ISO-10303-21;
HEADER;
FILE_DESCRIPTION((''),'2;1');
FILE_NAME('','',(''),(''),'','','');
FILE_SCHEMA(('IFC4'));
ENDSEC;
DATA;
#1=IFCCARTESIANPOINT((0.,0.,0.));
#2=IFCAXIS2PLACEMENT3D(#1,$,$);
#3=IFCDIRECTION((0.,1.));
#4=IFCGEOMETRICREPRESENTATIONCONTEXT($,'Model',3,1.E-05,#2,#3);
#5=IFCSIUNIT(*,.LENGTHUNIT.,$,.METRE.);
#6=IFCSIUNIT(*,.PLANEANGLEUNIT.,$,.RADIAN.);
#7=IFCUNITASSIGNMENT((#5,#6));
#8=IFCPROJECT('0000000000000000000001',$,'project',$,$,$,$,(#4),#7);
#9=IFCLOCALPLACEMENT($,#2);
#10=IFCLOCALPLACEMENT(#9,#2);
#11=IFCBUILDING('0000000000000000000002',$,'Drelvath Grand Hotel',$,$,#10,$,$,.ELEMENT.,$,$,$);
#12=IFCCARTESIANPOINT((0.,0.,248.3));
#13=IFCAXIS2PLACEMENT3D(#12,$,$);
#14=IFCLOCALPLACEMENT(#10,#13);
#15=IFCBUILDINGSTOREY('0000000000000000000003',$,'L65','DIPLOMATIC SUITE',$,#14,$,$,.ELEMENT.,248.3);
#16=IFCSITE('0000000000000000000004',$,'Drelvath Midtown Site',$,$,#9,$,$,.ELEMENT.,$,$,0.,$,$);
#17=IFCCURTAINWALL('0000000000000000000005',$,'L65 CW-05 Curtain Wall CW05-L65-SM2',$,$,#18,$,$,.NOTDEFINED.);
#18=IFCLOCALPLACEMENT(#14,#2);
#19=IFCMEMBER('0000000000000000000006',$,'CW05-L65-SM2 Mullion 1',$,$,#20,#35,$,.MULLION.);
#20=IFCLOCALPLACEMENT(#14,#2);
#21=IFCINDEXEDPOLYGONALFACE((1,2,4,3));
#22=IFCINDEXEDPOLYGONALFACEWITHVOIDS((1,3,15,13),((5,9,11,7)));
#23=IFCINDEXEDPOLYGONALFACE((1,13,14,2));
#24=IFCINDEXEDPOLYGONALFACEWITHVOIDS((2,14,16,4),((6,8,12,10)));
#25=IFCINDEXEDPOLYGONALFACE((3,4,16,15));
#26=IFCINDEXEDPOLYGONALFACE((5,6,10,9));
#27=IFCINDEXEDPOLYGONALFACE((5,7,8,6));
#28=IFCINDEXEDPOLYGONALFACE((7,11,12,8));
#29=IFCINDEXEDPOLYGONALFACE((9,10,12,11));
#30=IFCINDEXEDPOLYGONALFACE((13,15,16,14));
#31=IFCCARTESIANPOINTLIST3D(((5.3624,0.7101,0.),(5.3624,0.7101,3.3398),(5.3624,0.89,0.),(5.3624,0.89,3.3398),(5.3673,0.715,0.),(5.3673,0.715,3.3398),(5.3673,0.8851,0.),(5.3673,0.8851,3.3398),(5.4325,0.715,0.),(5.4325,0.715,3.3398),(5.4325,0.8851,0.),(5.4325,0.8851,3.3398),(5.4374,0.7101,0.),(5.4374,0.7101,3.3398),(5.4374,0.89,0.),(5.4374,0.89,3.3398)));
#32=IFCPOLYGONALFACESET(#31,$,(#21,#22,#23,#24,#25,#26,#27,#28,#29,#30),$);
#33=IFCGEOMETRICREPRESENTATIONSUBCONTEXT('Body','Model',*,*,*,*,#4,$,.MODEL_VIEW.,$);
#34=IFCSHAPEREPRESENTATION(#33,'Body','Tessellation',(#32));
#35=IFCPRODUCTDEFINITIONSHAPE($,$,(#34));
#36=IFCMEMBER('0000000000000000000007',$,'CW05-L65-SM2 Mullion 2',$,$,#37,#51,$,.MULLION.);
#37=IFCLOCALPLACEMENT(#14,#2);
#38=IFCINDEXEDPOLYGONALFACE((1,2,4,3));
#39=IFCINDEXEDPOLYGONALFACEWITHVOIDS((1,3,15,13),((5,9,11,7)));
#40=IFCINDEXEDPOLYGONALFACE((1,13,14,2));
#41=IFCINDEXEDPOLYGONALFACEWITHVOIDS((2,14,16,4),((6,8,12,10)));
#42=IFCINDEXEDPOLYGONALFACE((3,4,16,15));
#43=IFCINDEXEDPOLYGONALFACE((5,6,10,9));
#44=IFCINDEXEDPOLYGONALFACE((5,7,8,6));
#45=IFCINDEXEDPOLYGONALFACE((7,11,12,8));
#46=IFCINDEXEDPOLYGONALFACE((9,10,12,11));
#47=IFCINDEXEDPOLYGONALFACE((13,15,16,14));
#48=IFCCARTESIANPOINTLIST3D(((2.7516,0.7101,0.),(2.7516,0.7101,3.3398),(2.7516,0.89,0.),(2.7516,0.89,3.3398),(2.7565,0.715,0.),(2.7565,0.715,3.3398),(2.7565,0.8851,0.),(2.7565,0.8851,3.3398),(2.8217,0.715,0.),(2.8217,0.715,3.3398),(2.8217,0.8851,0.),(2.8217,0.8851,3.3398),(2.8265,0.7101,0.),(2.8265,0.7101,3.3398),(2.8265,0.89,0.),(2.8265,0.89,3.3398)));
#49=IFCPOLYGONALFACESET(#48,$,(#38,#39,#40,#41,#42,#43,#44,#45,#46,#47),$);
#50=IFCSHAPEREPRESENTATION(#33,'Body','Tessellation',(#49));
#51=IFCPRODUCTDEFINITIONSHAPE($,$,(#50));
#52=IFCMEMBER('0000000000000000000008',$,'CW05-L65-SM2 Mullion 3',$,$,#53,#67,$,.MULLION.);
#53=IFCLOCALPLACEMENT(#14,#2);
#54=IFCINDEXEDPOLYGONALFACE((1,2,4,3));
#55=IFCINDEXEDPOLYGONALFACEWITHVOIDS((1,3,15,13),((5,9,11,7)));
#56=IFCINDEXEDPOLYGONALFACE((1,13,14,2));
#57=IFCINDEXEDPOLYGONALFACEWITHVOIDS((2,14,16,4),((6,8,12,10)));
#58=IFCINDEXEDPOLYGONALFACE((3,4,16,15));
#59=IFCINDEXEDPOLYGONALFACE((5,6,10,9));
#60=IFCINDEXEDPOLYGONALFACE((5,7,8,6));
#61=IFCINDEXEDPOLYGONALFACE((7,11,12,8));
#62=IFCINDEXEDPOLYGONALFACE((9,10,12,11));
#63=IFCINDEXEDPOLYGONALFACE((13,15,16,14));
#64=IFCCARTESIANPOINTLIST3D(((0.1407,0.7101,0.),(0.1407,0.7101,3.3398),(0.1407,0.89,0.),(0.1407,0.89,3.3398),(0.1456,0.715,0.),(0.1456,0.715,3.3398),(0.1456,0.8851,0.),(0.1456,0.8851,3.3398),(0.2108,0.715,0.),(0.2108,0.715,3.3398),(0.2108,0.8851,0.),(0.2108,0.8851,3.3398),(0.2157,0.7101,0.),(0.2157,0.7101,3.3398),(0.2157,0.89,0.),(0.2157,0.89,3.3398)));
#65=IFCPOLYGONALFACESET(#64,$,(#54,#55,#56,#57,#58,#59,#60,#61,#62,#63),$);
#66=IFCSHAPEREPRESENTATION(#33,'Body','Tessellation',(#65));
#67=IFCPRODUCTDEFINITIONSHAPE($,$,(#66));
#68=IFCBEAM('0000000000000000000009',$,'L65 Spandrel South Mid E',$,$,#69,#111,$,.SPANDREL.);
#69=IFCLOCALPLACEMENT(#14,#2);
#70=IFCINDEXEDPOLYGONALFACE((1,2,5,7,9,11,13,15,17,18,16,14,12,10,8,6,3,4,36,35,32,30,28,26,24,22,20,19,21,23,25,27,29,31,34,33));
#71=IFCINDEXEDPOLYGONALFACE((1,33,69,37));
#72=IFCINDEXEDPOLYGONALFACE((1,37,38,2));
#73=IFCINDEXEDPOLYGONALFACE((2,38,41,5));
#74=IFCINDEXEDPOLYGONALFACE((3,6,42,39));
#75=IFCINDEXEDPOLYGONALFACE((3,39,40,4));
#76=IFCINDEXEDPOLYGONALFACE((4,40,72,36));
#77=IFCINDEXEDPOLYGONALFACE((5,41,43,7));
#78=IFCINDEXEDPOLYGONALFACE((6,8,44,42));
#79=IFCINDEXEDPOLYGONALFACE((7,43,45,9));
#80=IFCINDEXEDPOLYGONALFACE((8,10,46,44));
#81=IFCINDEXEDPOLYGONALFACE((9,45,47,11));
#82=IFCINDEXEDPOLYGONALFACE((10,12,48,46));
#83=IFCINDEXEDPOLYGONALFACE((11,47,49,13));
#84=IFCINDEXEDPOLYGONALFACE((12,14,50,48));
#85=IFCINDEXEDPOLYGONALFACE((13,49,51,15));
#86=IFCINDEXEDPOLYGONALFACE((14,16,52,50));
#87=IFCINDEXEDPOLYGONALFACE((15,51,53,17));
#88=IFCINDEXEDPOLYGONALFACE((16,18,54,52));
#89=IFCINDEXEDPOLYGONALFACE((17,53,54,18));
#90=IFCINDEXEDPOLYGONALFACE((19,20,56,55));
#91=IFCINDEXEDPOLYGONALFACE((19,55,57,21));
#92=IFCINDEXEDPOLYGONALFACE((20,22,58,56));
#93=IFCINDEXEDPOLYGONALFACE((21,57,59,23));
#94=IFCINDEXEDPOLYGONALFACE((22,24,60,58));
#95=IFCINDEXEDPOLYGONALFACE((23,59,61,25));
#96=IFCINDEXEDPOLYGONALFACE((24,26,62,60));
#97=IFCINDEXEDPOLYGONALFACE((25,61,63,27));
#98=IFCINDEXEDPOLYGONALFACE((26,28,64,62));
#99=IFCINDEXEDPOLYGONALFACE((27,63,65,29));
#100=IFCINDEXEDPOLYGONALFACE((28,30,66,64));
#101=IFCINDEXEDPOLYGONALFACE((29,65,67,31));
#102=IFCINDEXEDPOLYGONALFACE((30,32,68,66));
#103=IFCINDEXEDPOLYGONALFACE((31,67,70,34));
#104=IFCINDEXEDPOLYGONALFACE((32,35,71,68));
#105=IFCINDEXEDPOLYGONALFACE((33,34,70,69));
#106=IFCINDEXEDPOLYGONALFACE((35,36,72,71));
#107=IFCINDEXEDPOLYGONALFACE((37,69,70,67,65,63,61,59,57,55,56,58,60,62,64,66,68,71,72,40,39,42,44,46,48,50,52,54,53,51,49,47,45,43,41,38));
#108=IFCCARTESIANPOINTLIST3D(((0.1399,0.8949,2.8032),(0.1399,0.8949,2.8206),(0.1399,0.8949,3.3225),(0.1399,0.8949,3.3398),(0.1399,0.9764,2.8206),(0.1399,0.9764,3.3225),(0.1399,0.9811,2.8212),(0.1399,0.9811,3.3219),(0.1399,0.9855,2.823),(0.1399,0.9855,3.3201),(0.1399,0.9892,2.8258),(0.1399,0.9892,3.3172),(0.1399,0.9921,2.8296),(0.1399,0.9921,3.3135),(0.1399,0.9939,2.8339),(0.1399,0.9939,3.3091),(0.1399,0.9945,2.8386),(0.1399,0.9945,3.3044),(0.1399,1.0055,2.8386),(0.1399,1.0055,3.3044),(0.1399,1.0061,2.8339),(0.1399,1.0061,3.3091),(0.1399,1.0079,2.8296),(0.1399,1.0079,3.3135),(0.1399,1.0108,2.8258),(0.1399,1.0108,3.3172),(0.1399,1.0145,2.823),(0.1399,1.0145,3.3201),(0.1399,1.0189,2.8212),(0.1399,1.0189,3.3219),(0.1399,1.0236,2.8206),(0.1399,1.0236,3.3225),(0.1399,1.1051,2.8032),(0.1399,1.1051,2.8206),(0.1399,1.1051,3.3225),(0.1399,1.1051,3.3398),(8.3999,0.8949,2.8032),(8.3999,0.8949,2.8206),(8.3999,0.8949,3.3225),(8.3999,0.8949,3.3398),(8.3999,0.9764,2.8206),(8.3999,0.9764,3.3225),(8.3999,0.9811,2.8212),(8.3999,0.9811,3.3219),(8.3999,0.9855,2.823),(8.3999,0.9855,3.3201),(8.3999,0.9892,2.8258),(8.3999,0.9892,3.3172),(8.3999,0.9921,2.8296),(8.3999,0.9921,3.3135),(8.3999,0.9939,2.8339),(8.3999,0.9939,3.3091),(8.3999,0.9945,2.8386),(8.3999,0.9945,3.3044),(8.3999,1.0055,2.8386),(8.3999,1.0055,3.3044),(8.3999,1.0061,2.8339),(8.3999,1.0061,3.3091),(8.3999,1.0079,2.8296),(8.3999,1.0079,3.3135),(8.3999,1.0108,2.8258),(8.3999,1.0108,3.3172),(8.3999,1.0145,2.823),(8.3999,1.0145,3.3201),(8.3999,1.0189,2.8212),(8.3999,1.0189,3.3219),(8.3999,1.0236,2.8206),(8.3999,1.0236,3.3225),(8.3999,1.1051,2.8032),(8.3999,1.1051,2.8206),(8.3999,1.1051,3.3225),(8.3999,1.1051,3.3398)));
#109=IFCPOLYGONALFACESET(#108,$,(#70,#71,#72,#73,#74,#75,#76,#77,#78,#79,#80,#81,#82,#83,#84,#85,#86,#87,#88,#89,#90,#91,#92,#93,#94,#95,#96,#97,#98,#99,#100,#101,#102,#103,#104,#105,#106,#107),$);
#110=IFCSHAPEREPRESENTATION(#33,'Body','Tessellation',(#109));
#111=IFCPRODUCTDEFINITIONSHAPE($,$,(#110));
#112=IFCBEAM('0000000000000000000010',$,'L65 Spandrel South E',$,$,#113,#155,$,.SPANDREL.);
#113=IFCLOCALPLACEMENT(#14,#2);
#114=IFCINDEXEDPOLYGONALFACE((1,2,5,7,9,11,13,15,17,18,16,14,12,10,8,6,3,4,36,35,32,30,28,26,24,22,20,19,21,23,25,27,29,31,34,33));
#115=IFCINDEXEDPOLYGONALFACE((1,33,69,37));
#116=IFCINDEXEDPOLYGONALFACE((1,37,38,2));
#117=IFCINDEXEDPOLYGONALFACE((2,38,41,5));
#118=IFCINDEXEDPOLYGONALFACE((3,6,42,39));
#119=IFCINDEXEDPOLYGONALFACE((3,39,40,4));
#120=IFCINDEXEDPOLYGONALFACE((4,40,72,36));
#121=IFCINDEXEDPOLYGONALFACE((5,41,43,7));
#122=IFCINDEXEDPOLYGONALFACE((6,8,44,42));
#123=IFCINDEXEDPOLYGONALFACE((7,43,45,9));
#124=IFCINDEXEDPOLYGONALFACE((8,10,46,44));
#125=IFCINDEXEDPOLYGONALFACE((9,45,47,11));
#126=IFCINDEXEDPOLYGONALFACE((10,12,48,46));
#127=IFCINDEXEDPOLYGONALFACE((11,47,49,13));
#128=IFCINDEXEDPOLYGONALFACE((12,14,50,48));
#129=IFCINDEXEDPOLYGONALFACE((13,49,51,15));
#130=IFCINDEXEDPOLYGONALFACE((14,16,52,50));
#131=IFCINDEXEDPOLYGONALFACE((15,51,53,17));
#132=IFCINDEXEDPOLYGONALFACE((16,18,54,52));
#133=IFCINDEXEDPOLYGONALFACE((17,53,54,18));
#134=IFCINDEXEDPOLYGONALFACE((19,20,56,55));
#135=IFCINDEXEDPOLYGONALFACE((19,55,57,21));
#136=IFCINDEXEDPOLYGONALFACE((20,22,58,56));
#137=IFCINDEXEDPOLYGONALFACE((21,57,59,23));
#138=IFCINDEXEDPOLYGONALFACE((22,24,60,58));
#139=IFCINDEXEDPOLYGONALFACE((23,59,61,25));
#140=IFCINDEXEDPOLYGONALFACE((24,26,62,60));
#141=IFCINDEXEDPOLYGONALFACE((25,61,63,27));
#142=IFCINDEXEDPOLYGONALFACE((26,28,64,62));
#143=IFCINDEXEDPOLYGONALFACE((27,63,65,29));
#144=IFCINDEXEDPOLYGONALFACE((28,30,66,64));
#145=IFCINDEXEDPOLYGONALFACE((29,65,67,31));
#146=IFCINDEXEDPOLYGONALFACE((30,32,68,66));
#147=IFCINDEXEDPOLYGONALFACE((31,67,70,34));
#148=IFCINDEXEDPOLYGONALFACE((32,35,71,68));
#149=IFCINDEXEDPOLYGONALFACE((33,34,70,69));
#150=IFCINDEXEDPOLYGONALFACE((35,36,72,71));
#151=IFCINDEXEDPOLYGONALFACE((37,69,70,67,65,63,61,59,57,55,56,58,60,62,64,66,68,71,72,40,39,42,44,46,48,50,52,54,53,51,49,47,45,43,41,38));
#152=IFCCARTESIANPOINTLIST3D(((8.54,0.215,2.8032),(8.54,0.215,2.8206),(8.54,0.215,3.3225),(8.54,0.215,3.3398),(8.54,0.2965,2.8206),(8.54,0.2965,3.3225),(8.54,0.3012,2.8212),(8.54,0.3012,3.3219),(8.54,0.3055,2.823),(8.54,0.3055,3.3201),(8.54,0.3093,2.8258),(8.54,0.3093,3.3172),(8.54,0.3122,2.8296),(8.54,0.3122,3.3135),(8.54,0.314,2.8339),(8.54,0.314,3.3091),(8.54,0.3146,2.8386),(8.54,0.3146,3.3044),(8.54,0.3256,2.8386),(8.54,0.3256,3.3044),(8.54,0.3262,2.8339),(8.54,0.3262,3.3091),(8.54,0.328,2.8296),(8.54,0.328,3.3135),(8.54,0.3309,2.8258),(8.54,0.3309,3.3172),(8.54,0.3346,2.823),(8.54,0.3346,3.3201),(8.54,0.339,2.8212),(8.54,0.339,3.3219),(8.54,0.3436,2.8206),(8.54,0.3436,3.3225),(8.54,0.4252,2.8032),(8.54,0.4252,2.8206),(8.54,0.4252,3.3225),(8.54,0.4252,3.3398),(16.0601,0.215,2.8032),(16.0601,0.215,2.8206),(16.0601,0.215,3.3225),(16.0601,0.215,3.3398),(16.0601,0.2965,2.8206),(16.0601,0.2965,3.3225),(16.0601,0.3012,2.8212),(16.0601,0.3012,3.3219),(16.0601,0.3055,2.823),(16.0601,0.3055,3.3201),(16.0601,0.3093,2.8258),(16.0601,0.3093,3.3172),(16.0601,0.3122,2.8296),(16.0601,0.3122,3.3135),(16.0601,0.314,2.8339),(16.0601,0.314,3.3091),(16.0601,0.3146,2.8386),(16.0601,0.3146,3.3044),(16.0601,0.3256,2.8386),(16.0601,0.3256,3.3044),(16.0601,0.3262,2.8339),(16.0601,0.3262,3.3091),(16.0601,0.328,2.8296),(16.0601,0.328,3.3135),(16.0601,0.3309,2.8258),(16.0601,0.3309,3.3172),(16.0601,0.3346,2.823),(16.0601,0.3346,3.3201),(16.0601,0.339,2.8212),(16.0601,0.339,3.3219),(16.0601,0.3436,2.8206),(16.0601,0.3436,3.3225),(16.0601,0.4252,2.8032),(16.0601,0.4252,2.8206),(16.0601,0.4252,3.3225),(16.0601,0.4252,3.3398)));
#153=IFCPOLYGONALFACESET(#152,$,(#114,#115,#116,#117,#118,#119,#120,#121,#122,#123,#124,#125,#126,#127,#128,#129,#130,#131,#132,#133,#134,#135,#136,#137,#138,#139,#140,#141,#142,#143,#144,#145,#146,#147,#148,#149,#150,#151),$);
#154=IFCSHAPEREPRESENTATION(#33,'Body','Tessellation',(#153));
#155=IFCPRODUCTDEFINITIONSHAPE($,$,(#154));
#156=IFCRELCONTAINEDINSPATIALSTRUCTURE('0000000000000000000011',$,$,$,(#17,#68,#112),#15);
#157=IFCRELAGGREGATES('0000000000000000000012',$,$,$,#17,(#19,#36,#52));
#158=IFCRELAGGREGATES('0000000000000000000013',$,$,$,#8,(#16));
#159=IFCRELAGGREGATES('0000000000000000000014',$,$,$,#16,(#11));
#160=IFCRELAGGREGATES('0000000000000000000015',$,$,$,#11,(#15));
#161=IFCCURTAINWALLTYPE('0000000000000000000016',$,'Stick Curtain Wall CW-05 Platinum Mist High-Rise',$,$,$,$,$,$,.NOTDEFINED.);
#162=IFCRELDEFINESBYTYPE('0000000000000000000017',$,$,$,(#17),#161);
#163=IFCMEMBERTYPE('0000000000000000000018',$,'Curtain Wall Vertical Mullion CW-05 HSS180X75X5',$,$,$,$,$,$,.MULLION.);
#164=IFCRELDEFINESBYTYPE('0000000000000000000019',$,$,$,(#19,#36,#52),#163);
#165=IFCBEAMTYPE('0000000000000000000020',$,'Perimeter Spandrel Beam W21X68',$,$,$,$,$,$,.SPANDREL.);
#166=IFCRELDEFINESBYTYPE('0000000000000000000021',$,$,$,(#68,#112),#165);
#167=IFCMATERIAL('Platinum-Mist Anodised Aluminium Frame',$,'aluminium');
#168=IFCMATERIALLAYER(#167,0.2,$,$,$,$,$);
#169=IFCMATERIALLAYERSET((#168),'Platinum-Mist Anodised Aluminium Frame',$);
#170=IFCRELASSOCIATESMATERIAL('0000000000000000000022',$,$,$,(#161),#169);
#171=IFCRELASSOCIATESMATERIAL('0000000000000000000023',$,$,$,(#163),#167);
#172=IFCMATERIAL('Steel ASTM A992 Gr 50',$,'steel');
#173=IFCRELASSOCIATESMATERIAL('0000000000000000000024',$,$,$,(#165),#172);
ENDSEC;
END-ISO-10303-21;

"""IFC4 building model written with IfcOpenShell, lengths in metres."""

from ifc_helpers import new_model, si_unit, direction, frame, origin, origin_2d, place, context, subcontext, project, spatial, hollow_rectangle, i_section, extrude, material, layer, layer_set, material_profile, profile_set, type_object, element, aggregate, save


model = new_model("IFC4")

# Units and contexts
model_context = context("Model", 3, precision=1e-05, world=origin(), true_north=direction((0.0, 1.0)))
body_context = subcontext(model_context, "Body", "Model", "MODEL_VIEW")
ifc_project = project(units=[si_unit("LENGTHUNIT", "METRE"), si_unit("PLANEANGLEUNIT", "RADIAN")], contexts=[model_context])

# Site, building, storey
site_placement = place(None, origin())
site = spatial("IfcSite", under=ifc_project, at=site_placement, Name="Drelvath Midtown Site", CompositionType="ELEMENT", RefElevation=0.0)
building_placement = place(site_placement, origin())
building = spatial("IfcBuilding", under=site, at=building_placement, Name="Drelvath Grand Hotel", CompositionType="ELEMENT")
storey_placement = place(building_placement, frame((0.0, 0.0, 248.3)))
storey = spatial("IfcBuildingStorey", under=building, at=storey_placement, Name="L65", Description="DIPLOMATIC SUITE", CompositionType="ELEMENT", Elevation=248.3)

# Curtain wall
ifc_material_1 = material(Name="Platinum-Mist Anodised Aluminium Frame", Category="aluminium")
ifc_layer_1 = layer(ifc_material_1, 0.2)
ifc_layer_set_1 = layer_set([ifc_layer_1], Name="Platinum-Mist Anodised Aluminium Frame")
curtain_wall_type = type_object("IfcCurtainWallType", Name="Stick Curtain Wall CW-05 Platinum Mist High-Rise", PredefinedType="NOTDEFINED", material=ifc_layer_set_1)
curtain_wall_1_placement = place(storey_placement, origin())
curtain_wall_1 = element("IfcCurtainWall", 1, at=curtain_wall_1_placement, inside=storey, type_object=curtain_wall_type, Name="L65 CW-05 Curtain Wall CW05-L65-SM2", PredefinedType="NOTDEFINED")

# Shared definitions
ifc_material_profile_1 = material_profile(ifc_material_1, hollow_rectangle(XDim=0.075, YDim=0.1799, WallThickness=0.0049, at=origin_2d()), Name="HSS180X75X5")
ifc_profile_set_1 = profile_set([ifc_material_profile_1], Name="Platinum-Mist Anodised Aluminium Frame")
member_type_1 = type_object("IfcMemberType", Name="Curtain Wall Vertical Mullion CW-05 HSS180X75X5", PredefinedType="MULLION", material=ifc_profile_set_1)

# Members
member_1_placement = place(storey_placement, frame((5.3999, 0.8, 0.0), z_axis=(0.0, 0.0, 1.0), x_axis=(1.0, 0.0, 0.0)))
member_1 = element("IfcMember", 2, at=member_1_placement, type_object=member_type_1, Name="CW05-L65-SM2 Mullion 1", PredefinedType="MULLION", context=body_context, shape_type="SweptSolid", body=[
    extrude(hollow_rectangle(XDim=0.075, YDim=0.1799, WallThickness=0.0049, at=origin_2d()), origin(), (0.0, 0.0, 1.0), 3.3398),
])
member_2_placement = place(storey_placement, frame((2.7891, 0.8, 0.0), z_axis=(0.0, 0.0, 1.0), x_axis=(1.0, 0.0, 0.0)))
member_2 = element("IfcMember", 3, at=member_2_placement, type_object=member_type_1, Name="CW05-L65-SM2 Mullion 2", PredefinedType="MULLION", context=body_context, shape_type="SweptSolid", body=[
    extrude(hollow_rectangle(XDim=0.075, YDim=0.1799, WallThickness=0.0049, at=origin_2d()), origin(), (0.0, 0.0, 1.0), 3.3398),
])
member_3_placement = place(storey_placement, frame((0.1782, 0.8, 0.0), z_axis=(0.0, 0.0, 1.0), x_axis=(1.0, 0.0, 0.0)))
member_3 = element("IfcMember", 4, at=member_3_placement, type_object=member_type_1, Name="CW05-L65-SM2 Mullion 3", PredefinedType="MULLION", context=body_context, shape_type="SweptSolid", body=[
    extrude(hollow_rectangle(XDim=0.075, YDim=0.1799, WallThickness=0.0049, at=origin_2d()), origin(), (0.0, 0.0, 1.0), 3.3398),
])

# Beams
ifc_material_2 = material(Name="Steel ASTM A992 Gr 50", Category="steel")
ifc_material_profile_2 = material_profile(ifc_material_2, i_section(OverallWidth=0.2102, OverallDepth=0.5366, WebThickness=0.011, FlangeThickness=0.0173, FilletRadius=0.0181, at=origin_2d()), Name="W21X68")
ifc_profile_set_2 = profile_set([ifc_material_profile_2], Name="Steel ASTM A992 Gr 50")
beam_type_1 = type_object("IfcBeamType", Name="Perimeter Spandrel Beam W21X68", PredefinedType="SPANDREL", material=ifc_profile_set_2)
beam_1_placement = place(storey_placement, frame((0.1399, 1.0, 3.0715), z_axis=(1.0, 0.0, 0.0), x_axis=(0.0, 1.0, 0.0)))
element("IfcBeam", 5, at=beam_1_placement, inside=storey, type_object=beam_type_1, Name="L65 Spandrel South Mid E", PredefinedType="SPANDREL", context=body_context, shape_type="SweptSolid", body=[
    extrude(i_section(OverallWidth=0.2102, OverallDepth=0.5366, WebThickness=0.011, FlangeThickness=0.0173, FilletRadius=0.0181, at=origin_2d()), origin(), (0.0, 0.0, 1.0), 8.26),
])
beam_2_placement = place(storey_placement, frame((8.54, 0.3201, 3.0715), z_axis=(1.0, 0.0, 0.0), x_axis=(0.0, 1.0, 0.0)))
element("IfcBeam", 6, at=beam_2_placement, inside=storey, type_object=beam_type_1, Name="L65 Spandrel South E", PredefinedType="SPANDREL", context=body_context, shape_type="SweptSolid", body=[
    extrude(i_section(OverallWidth=0.2102, OverallDepth=0.5366, WebThickness=0.011, FlangeThickness=0.0173, FilletRadius=0.0181, at=origin_2d()), origin(), (0.0, 0.0, 1.0), 7.52),
])

aggregate(curtain_wall_1, [member_1, member_2, member_3])

save(model, "model.ifc")
